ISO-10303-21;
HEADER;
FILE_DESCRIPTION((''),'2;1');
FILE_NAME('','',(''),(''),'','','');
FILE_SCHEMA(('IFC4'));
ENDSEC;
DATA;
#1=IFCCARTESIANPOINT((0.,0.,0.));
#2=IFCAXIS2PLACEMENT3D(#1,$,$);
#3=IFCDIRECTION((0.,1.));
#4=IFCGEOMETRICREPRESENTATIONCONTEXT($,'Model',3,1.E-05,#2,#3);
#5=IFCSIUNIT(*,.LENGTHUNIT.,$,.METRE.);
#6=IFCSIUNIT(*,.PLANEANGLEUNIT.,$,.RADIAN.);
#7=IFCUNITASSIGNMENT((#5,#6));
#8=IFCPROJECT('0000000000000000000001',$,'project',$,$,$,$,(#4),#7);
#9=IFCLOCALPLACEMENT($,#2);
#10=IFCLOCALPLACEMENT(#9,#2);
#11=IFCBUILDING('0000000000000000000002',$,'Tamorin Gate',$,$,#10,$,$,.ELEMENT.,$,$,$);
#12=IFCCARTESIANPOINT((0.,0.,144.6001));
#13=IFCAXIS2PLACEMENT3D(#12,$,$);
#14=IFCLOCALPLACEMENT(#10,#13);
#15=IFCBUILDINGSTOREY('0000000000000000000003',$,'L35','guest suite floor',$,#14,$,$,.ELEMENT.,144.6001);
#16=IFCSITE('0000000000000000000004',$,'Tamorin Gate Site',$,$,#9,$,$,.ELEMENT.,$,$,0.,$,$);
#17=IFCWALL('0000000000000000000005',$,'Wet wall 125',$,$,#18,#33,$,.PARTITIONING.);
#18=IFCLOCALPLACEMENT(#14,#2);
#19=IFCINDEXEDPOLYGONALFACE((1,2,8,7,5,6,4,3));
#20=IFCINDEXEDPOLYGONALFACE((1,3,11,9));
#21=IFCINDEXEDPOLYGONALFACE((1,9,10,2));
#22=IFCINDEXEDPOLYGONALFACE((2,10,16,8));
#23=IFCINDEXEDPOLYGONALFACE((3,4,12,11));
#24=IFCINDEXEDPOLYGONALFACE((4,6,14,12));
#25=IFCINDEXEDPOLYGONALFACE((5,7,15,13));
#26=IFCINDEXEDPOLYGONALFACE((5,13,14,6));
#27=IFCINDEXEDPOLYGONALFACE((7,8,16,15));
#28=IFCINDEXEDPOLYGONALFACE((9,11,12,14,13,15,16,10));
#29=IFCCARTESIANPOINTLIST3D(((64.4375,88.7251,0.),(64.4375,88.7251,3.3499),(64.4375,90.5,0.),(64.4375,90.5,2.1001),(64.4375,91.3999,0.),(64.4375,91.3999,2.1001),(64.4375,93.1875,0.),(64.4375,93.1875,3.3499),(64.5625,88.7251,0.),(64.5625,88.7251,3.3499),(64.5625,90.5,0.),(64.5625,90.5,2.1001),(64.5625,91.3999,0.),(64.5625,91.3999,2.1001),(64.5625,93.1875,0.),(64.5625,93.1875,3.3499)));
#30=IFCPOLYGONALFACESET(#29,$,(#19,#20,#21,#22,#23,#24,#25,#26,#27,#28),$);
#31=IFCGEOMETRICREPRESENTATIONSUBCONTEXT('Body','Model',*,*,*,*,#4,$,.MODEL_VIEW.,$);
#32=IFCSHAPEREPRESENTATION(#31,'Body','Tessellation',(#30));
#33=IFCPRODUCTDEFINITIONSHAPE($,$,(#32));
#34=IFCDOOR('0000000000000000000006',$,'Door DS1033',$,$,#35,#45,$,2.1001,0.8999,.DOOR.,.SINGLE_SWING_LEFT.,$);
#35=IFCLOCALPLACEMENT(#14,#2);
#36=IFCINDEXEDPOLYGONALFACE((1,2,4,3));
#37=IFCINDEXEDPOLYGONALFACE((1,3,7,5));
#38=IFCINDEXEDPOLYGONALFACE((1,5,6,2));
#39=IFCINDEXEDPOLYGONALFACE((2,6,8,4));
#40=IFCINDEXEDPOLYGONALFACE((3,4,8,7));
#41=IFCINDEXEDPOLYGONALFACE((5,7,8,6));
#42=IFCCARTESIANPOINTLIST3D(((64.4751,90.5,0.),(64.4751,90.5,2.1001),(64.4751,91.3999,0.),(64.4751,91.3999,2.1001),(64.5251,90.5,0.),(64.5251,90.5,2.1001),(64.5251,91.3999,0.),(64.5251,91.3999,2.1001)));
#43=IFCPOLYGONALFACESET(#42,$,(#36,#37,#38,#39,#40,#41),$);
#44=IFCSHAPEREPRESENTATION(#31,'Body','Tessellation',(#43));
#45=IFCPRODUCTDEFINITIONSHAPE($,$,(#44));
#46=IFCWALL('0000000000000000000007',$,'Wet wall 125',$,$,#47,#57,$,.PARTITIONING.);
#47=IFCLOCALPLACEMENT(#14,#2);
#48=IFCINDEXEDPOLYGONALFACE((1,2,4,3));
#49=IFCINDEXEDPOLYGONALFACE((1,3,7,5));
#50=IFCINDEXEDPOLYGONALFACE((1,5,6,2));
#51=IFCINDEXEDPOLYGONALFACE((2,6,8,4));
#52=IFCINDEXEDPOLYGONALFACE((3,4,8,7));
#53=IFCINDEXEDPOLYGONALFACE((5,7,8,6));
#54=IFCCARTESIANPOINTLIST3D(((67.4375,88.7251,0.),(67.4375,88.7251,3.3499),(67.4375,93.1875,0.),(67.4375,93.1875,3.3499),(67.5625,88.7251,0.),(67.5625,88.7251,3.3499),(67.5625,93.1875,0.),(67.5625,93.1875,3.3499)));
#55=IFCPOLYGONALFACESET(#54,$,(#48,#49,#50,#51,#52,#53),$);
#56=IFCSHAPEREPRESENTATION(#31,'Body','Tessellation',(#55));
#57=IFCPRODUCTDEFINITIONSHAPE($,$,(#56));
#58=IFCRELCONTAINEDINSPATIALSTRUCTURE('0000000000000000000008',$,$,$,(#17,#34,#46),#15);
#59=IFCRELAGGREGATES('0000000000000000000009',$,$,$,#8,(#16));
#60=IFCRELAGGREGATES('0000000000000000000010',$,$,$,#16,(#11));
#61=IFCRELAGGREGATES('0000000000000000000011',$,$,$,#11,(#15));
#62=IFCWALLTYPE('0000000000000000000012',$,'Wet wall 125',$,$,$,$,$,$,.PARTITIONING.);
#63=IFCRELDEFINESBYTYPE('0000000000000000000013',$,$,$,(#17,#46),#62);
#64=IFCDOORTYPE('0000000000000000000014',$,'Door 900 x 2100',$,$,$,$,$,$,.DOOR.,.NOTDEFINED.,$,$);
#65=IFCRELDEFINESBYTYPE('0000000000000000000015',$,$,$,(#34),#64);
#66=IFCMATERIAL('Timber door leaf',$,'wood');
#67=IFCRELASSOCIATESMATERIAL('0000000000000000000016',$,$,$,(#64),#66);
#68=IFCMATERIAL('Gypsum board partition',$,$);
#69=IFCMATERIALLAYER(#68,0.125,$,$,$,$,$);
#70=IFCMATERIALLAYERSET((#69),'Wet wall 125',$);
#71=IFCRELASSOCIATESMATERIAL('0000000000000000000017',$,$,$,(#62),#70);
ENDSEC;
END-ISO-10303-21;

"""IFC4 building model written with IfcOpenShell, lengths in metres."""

from ifc_helpers import new_model, si_unit, direction, frame, frame_2d, origin, place, context, subcontext, project, spatial, rectangle, extrude, material, layer, layer_set, type_object, element, fill, save


model = new_model("IFC4")

# Units and contexts
model_context = context("Model", 3, precision=1e-05, world=origin(), true_north=direction((0.0, 1.0)))
body_context = subcontext(model_context, "Body", "Model", "MODEL_VIEW")
ifc_project = project(units=[si_unit("LENGTHUNIT", "METRE"), si_unit("PLANEANGLEUNIT", "RADIAN")], contexts=[model_context])

# Site, building, storey
site_placement = place(None, origin())
site = spatial("IfcSite", under=ifc_project, at=site_placement, Name="Tamorin Gate Site", CompositionType="ELEMENT", RefElevation=0.0)
building_placement = place(site_placement, origin())
building = spatial("IfcBuilding", under=site, at=building_placement, Name="Tamorin Gate", CompositionType="ELEMENT")
storey_placement = place(building_placement, frame((0.0, 0.0, 144.6001)))
storey = spatial("IfcBuildingStorey", under=building, at=storey_placement, Name="L35", Description="guest suite floor", CompositionType="ELEMENT", Elevation=144.6001)

# Shared definitions
ifc_material_1 = material(Name="Gypsum board partition")

# Shared definitions
ifc_material_2 = material(Name="Timber door leaf", Category="wood")
door_type = type_object("IfcDoorType", Name="Door 900 x 2100", OperationType="NOTDEFINED", PredefinedType="DOOR", material=ifc_material_2)

# Shared definitions
ifc_layer_1 = layer(ifc_material_1, 0.125)
ifc_layer_set_1 = layer_set([ifc_layer_1], Name="Wet wall 125")
wall_type_1 = type_object("IfcWallType", Name="Wet wall 125", PredefinedType="PARTITIONING", material=ifc_layer_set_1)

# Wall, opening, door
wall_1_placement = place(storey_placement, frame((64.5, 88.7251, 0.0), z_axis=(0.0, 0.0, 1.0), x_axis=(0.0, 1.0, 0.0)))
wall_1 = element("IfcWall", 1, at=wall_1_placement, inside=storey, type_object=wall_type_1, Name="Wet wall 125", PredefinedType="PARTITIONING", context=body_context, shape_type="SweptSolid", body=[
    extrude(rectangle(XDim=4.4624, YDim=0.125, at=frame_2d((2.2312, 0.0))), origin(), (0.0, 0.0, 1.0), 3.3499),
])
opening_1_placement = place(wall_1_placement, frame((1.7749, 0.0, 0.0)))
opening_1 = element("IfcOpeningElement", 2, at=opening_1_placement, cuts=wall_1, PredefinedType="OPENING", context=body_context, shape_type="SweptSolid", body=[
    extrude(rectangle(XDim=0.8999, YDim=2.1001, at=frame_2d((0.45, 1.05))), frame((0.0, 0.0725, 0.0), z_axis=(0.0, -1.0, 0.0), x_axis=(1.0, 0.0, 0.0)), (0.0, 0.0, 1.0), 0.145),
])
door_1_placement = place(opening_1_placement, origin())
door_1 = element("IfcDoor", 3, at=door_1_placement, inside=storey, type_object=door_type, Name="Door DS1033", OperationType="SINGLE_SWING_LEFT", OverallHeight=2.1001, OverallWidth=0.8999, PredefinedType="DOOR", context=body_context, shape_type="SweptSolid", body=[
    extrude(rectangle(XDim=0.8999, YDim=2.1001, at=frame_2d((0.45, 1.05))), frame((0.0, 0.0249, 0.0), z_axis=(0.0, -1.0, 0.0), x_axis=(1.0, 0.0, 0.0)), (0.0, 0.0, 1.0), 0.05),
])
fill(opening_1, door_1)

# Wall
wall_2_placement = place(storey_placement, frame((67.5, 88.7251, 0.0), z_axis=(0.0, 0.0, 1.0), x_axis=(0.0, 1.0, 0.0)))
element("IfcWall", 4, at=wall_2_placement, inside=storey, type_object=wall_type_1, Name="Wet wall 125", PredefinedType="PARTITIONING", context=body_context, shape_type="SweptSolid", body=[
    extrude(rectangle(XDim=4.4624, YDim=0.125, at=frame_2d((2.2312, 0.0))), origin(), (0.0, 0.0, 1.0), 3.3499),
])

save(model, "model.ifc")
